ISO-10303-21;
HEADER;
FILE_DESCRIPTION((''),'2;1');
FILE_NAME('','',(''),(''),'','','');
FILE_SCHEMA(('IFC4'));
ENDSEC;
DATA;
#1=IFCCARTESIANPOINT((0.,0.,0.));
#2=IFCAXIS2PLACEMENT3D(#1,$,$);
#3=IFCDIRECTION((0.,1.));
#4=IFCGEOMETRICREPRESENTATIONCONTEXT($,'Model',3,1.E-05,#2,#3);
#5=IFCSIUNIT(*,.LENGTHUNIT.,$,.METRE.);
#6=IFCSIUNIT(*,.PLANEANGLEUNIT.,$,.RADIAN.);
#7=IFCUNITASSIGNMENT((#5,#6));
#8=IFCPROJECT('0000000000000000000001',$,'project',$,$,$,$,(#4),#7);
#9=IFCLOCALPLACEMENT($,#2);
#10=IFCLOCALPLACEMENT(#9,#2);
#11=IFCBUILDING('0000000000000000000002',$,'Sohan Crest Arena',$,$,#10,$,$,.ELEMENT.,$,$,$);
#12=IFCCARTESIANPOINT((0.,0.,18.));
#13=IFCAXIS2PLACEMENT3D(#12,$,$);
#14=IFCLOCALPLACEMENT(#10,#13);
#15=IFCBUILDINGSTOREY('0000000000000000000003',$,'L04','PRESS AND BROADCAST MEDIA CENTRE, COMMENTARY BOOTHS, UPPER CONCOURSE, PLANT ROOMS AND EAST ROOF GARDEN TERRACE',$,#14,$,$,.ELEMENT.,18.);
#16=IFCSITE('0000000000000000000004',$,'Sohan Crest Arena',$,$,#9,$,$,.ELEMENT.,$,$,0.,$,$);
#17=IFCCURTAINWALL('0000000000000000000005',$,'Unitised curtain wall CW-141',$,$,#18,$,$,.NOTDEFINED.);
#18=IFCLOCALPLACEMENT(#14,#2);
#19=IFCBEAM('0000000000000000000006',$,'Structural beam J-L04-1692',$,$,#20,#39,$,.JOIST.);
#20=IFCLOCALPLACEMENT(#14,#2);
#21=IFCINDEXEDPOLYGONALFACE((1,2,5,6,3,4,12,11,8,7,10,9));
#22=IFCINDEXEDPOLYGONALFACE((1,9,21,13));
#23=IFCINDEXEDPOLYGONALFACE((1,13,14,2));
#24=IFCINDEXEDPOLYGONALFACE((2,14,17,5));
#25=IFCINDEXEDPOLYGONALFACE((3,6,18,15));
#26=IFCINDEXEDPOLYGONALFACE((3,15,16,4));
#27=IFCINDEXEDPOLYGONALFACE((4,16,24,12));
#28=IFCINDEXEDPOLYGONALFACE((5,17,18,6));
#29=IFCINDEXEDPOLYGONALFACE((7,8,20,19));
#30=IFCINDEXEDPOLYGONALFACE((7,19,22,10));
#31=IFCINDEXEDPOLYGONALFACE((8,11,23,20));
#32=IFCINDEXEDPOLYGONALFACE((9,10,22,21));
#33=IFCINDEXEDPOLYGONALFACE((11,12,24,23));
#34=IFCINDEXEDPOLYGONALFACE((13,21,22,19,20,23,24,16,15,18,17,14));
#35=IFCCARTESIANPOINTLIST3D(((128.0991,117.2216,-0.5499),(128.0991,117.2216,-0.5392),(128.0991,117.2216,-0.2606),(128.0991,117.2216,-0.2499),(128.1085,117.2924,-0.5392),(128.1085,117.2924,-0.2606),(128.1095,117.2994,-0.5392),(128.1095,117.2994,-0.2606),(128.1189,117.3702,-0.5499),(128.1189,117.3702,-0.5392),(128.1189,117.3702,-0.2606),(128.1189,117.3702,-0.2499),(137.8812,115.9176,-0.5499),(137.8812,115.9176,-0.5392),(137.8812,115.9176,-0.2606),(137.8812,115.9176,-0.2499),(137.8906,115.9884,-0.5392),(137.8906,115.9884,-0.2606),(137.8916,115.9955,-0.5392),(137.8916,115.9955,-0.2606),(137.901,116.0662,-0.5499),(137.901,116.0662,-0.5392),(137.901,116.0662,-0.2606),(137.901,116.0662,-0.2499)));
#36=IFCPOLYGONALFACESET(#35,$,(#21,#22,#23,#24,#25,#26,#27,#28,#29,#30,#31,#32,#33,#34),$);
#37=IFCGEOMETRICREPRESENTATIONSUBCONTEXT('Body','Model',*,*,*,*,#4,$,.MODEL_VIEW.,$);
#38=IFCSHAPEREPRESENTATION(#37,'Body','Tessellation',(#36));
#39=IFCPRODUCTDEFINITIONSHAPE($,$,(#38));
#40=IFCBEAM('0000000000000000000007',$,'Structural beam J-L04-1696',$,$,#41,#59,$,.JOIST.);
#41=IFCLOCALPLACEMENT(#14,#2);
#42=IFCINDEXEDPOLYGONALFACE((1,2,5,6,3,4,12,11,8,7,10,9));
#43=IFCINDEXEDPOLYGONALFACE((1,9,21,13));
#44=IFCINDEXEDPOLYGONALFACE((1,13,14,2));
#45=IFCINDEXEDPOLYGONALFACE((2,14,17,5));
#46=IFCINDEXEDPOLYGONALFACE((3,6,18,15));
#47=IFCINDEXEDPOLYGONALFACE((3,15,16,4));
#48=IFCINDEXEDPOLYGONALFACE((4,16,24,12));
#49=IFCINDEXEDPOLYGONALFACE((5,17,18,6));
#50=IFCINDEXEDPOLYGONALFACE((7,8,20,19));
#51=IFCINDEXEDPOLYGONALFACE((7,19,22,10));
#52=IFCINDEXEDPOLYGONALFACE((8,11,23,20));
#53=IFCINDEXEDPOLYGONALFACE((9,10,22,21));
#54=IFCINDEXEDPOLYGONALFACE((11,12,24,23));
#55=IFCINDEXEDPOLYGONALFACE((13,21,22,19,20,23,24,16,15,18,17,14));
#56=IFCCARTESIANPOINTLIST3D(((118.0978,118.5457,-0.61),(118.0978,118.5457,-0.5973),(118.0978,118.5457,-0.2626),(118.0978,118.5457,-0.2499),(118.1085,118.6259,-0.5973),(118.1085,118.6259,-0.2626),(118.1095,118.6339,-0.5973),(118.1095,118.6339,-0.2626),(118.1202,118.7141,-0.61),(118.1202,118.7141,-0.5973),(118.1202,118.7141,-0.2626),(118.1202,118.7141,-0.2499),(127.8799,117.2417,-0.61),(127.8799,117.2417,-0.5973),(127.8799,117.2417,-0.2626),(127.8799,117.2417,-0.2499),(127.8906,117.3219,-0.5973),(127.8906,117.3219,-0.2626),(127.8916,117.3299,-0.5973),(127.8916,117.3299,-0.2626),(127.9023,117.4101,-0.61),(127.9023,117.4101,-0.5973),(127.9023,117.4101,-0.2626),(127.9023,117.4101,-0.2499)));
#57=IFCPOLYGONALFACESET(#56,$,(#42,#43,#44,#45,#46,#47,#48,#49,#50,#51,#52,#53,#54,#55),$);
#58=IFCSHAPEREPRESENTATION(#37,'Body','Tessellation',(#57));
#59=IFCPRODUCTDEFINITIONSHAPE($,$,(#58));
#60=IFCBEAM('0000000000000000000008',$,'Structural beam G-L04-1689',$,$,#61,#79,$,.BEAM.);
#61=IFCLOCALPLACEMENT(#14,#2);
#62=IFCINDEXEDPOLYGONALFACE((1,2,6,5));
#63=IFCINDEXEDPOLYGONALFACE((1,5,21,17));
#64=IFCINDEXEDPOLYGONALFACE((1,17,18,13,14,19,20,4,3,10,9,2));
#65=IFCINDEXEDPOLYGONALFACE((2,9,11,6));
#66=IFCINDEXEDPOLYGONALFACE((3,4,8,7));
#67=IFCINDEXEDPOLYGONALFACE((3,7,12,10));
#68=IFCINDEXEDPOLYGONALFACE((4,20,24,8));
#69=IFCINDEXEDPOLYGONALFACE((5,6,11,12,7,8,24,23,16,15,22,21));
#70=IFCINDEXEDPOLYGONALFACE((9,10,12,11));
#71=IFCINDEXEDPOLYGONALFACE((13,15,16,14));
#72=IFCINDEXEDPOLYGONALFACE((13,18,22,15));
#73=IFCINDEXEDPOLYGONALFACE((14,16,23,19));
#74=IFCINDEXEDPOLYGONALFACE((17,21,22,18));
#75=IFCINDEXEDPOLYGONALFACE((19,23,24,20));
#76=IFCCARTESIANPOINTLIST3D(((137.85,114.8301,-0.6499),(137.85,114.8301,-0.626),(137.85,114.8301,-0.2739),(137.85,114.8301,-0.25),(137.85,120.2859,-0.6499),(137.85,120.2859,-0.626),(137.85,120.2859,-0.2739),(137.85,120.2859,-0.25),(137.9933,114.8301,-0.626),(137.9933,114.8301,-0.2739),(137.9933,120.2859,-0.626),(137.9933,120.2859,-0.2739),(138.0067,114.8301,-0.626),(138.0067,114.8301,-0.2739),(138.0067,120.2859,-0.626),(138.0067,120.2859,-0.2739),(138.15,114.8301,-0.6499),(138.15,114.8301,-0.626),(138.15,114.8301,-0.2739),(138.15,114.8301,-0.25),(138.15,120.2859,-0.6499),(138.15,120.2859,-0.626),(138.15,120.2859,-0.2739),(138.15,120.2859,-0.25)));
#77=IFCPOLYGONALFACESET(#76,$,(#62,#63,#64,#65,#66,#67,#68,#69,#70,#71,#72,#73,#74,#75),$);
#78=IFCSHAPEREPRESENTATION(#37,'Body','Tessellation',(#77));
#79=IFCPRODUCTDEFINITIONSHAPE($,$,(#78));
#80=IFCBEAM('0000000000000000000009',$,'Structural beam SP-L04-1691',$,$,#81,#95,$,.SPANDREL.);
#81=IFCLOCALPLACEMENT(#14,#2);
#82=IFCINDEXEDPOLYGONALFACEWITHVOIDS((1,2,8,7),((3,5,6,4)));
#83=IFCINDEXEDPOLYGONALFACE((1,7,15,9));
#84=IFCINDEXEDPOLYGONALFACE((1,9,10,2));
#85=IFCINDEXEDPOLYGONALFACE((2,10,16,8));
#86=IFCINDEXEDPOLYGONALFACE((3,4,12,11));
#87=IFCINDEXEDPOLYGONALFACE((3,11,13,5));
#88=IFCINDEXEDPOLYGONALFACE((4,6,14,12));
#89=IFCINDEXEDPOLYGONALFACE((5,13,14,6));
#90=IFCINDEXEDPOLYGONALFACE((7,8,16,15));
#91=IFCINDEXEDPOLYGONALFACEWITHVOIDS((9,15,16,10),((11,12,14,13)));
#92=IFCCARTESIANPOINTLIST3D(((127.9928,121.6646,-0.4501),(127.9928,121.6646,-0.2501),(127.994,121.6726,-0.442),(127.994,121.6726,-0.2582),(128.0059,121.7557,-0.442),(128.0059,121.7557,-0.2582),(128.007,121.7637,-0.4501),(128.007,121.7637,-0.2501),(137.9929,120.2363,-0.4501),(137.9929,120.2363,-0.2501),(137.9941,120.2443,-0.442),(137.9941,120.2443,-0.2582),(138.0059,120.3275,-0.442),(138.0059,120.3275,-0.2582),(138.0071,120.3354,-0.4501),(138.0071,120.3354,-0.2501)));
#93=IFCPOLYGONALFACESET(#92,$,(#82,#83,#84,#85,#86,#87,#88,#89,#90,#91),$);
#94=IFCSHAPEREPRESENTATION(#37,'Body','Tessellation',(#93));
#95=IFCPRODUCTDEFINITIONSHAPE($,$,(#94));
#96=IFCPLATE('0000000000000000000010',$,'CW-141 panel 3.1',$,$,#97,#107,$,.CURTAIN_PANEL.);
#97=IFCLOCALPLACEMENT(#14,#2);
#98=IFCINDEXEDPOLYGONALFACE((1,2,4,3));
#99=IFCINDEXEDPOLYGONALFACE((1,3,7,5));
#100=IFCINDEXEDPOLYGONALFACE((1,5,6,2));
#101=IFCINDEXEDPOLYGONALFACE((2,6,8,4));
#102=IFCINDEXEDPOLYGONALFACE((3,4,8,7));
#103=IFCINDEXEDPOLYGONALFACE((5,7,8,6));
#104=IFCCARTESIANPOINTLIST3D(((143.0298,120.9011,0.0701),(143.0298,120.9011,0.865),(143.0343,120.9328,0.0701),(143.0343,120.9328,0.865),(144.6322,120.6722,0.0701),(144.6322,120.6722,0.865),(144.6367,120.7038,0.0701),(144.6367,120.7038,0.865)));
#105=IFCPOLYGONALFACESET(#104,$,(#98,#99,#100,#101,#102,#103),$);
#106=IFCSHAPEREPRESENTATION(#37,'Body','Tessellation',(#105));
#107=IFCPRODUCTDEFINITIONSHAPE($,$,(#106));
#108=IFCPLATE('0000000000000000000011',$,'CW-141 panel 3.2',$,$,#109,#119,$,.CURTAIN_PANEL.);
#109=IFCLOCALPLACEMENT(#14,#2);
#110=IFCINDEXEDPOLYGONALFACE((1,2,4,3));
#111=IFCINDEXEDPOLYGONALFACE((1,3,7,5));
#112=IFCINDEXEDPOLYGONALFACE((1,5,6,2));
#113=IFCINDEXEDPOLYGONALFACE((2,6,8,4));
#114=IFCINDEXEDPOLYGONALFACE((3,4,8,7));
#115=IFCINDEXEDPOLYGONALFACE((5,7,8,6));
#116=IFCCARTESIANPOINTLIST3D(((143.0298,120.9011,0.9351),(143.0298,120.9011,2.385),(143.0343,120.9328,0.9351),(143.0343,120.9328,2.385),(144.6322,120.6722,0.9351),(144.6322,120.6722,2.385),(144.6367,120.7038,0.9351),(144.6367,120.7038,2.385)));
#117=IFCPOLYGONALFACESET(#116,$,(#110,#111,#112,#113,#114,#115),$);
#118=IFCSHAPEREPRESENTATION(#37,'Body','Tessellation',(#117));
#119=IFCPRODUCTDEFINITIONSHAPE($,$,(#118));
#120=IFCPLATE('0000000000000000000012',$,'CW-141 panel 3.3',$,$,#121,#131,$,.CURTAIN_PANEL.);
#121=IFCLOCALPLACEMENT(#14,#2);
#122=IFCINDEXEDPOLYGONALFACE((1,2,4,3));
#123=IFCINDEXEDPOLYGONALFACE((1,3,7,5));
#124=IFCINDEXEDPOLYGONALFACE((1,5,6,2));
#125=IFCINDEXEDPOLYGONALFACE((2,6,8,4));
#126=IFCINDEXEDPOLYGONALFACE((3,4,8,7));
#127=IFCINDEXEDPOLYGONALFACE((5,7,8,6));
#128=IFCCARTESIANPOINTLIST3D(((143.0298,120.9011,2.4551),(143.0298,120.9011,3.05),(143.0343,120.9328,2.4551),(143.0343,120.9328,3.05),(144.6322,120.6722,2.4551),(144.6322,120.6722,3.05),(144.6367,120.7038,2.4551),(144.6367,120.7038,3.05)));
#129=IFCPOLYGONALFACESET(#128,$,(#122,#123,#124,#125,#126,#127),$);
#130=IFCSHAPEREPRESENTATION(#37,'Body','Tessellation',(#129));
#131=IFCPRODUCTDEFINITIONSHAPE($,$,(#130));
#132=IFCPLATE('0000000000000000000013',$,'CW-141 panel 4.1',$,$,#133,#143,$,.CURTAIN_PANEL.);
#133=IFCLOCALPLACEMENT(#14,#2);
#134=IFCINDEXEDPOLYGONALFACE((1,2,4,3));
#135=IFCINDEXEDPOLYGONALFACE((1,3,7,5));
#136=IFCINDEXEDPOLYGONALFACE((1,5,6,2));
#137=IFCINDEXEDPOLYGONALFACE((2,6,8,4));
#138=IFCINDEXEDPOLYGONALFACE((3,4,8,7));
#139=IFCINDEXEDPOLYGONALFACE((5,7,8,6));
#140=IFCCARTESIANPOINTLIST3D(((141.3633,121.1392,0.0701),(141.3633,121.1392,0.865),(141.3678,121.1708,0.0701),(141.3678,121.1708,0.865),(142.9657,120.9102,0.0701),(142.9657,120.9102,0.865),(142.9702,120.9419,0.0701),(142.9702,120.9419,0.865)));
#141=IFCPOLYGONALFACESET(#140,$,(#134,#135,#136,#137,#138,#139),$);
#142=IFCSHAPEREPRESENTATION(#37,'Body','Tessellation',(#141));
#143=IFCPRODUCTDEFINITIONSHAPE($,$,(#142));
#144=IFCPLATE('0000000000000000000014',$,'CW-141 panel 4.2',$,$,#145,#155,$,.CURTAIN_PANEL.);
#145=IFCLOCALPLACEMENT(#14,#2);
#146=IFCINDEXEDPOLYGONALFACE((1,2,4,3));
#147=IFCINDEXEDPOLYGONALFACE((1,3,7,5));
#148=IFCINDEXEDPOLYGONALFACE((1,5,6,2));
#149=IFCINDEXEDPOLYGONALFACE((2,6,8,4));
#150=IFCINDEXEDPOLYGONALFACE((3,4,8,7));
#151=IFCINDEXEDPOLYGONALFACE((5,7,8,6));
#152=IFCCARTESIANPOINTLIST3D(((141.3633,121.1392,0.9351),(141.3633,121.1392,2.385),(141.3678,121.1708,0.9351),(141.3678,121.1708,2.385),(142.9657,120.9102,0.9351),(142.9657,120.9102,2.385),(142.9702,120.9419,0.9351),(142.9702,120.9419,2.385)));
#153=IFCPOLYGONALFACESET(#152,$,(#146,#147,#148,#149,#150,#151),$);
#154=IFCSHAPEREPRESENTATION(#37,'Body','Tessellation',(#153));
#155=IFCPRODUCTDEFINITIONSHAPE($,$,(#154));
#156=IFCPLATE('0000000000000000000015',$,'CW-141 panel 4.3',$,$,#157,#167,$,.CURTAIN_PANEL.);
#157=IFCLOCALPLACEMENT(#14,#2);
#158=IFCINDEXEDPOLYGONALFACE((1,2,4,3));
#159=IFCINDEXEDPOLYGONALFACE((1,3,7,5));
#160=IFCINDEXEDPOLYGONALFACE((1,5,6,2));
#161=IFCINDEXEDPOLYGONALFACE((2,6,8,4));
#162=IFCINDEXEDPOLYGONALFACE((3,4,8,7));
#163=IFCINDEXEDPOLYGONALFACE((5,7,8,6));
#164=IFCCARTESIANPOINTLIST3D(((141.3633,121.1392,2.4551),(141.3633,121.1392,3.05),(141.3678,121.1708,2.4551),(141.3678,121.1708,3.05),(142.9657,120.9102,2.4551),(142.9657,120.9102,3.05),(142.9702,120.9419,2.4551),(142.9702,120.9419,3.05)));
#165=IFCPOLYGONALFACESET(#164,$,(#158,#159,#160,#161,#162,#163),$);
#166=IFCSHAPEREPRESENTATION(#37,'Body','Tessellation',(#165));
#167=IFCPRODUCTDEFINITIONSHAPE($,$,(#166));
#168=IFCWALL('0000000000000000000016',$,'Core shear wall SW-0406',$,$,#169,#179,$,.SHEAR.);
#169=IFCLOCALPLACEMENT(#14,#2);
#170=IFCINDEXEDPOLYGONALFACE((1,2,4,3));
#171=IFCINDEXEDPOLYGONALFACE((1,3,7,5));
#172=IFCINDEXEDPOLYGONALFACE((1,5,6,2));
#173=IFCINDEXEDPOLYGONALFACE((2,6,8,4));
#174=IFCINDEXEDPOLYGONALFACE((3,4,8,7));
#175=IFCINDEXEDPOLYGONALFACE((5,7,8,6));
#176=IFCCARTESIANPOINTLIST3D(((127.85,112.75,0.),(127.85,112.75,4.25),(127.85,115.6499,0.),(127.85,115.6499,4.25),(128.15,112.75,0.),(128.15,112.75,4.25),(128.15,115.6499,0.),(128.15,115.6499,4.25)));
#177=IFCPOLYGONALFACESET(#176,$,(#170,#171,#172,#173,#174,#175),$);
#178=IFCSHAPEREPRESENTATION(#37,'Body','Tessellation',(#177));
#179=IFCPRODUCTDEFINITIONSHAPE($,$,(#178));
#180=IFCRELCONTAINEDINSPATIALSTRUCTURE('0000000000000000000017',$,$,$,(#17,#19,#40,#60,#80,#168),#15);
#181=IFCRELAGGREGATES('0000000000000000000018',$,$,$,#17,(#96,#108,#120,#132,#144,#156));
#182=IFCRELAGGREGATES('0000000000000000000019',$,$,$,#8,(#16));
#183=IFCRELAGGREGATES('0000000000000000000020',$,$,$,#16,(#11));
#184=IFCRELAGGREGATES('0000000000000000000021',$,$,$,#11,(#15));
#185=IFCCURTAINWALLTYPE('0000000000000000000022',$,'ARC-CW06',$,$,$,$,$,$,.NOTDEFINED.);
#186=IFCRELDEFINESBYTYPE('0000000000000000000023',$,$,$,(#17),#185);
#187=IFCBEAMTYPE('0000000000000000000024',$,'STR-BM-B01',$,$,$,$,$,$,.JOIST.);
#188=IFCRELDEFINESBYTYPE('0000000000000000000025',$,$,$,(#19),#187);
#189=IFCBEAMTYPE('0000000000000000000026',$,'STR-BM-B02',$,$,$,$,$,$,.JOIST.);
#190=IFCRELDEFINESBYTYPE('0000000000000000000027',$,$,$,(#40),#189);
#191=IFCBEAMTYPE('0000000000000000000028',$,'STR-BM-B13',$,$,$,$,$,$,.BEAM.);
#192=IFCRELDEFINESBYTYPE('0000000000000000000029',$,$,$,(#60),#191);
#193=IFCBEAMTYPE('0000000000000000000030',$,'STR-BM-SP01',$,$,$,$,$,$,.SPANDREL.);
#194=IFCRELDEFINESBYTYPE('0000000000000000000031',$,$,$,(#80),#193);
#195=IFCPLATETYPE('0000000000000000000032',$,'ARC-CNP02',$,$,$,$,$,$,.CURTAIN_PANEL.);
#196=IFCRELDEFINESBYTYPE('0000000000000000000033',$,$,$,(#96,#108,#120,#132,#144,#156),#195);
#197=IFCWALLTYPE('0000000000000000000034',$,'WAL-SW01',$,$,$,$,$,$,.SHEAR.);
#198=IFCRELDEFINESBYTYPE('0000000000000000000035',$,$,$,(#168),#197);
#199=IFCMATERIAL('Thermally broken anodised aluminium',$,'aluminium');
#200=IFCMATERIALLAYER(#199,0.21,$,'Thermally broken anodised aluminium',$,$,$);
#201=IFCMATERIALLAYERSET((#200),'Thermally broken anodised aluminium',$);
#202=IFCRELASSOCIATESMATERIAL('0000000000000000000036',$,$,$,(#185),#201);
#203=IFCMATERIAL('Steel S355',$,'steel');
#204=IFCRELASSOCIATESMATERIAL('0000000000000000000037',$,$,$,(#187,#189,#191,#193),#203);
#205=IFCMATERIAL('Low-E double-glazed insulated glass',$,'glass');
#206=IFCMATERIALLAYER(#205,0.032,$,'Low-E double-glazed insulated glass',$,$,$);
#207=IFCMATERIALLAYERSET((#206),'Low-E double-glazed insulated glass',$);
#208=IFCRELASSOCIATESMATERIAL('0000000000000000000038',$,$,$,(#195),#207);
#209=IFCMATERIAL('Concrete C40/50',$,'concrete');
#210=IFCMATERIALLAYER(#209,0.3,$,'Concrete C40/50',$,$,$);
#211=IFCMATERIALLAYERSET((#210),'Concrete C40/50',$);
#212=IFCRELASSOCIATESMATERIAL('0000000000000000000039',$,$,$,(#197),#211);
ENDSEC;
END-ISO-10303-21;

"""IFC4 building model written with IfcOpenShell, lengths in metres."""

from ifc_helpers import new_model, si_unit, direction, frame, frame_2d, origin, origin_2d, place, context, subcontext, project, spatial, rectangle, hollow_rectangle, i_section, extrude, material, layer, layer_set, material_profile, profile_set, type_object, element, aggregate, save


model = new_model("IFC4")

# Units and contexts
model_context = context("Model", 3, precision=1e-05, world=origin(), true_north=direction((0.0, 1.0)))
body_context = subcontext(model_context, "Body", "Model", "MODEL_VIEW")
ifc_project = project(units=[si_unit("LENGTHUNIT", "METRE"), si_unit("PLANEANGLEUNIT", "RADIAN")], contexts=[model_context])

# Site, building, storey
site_placement = place(None, origin())
site = spatial("IfcSite", under=ifc_project, at=site_placement, Name="Sohan Crest Arena", CompositionType="ELEMENT", RefElevation=0.0)
building_placement = place(site_placement, origin())
building = spatial("IfcBuilding", under=site, at=building_placement, Name="Sohan Crest Arena", CompositionType="ELEMENT")
storey_placement = place(building_placement, frame((0.0, 0.0, 18.0)))
storey = spatial("IfcBuildingStorey", under=building, at=storey_placement, Name="L04", Description="PRESS AND BROADCAST MEDIA CENTRE, COMMENTARY BOOTHS, UPPER CONCOURSE, PLANT ROOMS AND EAST ROOF GARDEN TERRACE", CompositionType="ELEMENT", Elevation=18.0)

# Shared definitions
ifc_material_1 = material(Name="Steel S355", Category="steel")

# Curtain wall
ifc_material_2 = material(Name="Thermally broken anodised aluminium", Category="aluminium")
ifc_layer_1 = layer(ifc_material_2, 0.21, Name="Thermally broken anodised aluminium")
ifc_layer_set_1 = layer_set([ifc_layer_1], Name="Thermally broken anodised aluminium")
curtain_wall_type = type_object("IfcCurtainWallType", Name="ARC-CW06", PredefinedType="NOTDEFINED", material=ifc_layer_set_1)
curtain_wall_placement = place(storey_placement, origin())
curtain_wall = element("IfcCurtainWall", 1, at=curtain_wall_placement, inside=storey, type_object=curtain_wall_type, Name="Unitised curtain wall CW-141", PredefinedType="NOTDEFINED")

# Beams
ifc_material_profile_1 = material_profile(ifc_material_1, i_section(OverallWidth=0.1499, OverallDepth=0.3, WebThickness=0.0071, FlangeThickness=0.0107, at=origin_2d()), Name="IPE 300")
ifc_profile_set_1 = profile_set([ifc_material_profile_1], Name="Steel S355")
beam_type_1 = type_object("IfcBeamType", Name="STR-BM-B01", PredefinedType="JOIST", material=ifc_profile_set_1)
beam_1_placement = place(storey_placement, frame((137.8911, 115.9919, -0.3999), z_axis=(-0.991232, 0.13213, 0.0), x_axis=(-0.13213, -0.991232, 0.0)))
element("IfcBeam", 2, at=beam_1_placement, inside=storey, type_object=beam_type_1, Name="Structural beam J-L04-1692", PredefinedType="JOIST", context=body_context, shape_type="SweptSolid", body=[
    extrude(i_section(OverallWidth=0.1499, OverallDepth=0.3, WebThickness=0.0071, FlangeThickness=0.0107, at=origin_2d()), origin(), (0.0, 0.0, 1.0), 9.8687),
])
ifc_material_profile_2 = material_profile(ifc_material_1, i_section(OverallWidth=0.1699, OverallDepth=0.3601, WebThickness=0.0081, FlangeThickness=0.0127, at=origin_2d()), Name="IPE 360")
ifc_profile_set_2 = profile_set([ifc_material_profile_2], Name="Steel S355")
beam_type_2 = type_object("IfcBeamType", Name="STR-BM-B02", PredefinedType="JOIST", material=ifc_profile_set_2)
beam_2_placement = place(storey_placement, frame((127.8911, 117.3259, -0.4299), z_axis=(-0.991232, 0.13213, 0.0), x_axis=(-0.13213, -0.991232, 0.0)))
element("IfcBeam", 3, at=beam_2_placement, inside=storey, type_object=beam_type_2, Name="Structural beam J-L04-1696", PredefinedType="JOIST", context=body_context, shape_type="SweptSolid", body=[
    extrude(i_section(OverallWidth=0.1699, OverallDepth=0.3601, WebThickness=0.0081, FlangeThickness=0.0127, at=origin_2d()), origin(), (0.0, 0.0, 1.0), 9.8687),
])
ifc_material_profile_3 = material_profile(ifc_material_1, i_section(OverallWidth=0.3, OverallDepth=0.3999, WebThickness=0.0134, FlangeThickness=0.0239, at=origin_2d()), Name="HEB 400")
ifc_profile_set_3 = profile_set([ifc_material_profile_3], Name="Steel S355")
beam_type_3 = type_object("IfcBeamType", Name="STR-BM-B13", PredefinedType="BEAM", material=ifc_profile_set_3)
beam_3_placement = place(storey_placement, frame((138.0, 114.8301, -0.45), z_axis=(0.0, 1.0, 0.0), x_axis=(-1.0, 0.0, 0.0)))
element("IfcBeam", 4, at=beam_3_placement, inside=storey, type_object=beam_type_3, Name="Structural beam G-L04-1689", PredefinedType="BEAM", context=body_context, shape_type="SweptSolid", body=[
    extrude(i_section(OverallWidth=0.3, OverallDepth=0.3999, WebThickness=0.0134, FlangeThickness=0.0239, at=origin_2d()), origin(), (0.0, 0.0, 1.0), 5.4558),
])
ifc_material_profile_4 = material_profile(ifc_material_1, hollow_rectangle(XDim=0.1001, YDim=0.2, WallThickness=0.0081, at=origin_2d()), Name="RHS 200x100x8")
ifc_profile_set_4 = profile_set([ifc_material_profile_4], Name="Steel S355")
beam_type_4 = type_object("IfcBeamType", Name="STR-BM-SP01", PredefinedType="SPANDREL", material=ifc_profile_set_4)
beam_4_placement = place(storey_placement, frame((138.0, 120.2859, -0.3501), z_axis=(-0.989954, 0.141388, 0.0), x_axis=(-0.141388, -0.989954, 0.0)))
element("IfcBeam", 5, at=beam_4_placement, inside=storey, type_object=beam_type_4, Name="Structural beam SP-L04-1691", PredefinedType="SPANDREL", context=body_context, shape_type="SweptSolid", body=[
    extrude(hollow_rectangle(XDim=0.1001, YDim=0.2, WallThickness=0.0081, at=origin_2d()), origin(), (0.0, 0.0, 1.0), 10.1016),
])

# Plates
ifc_material_3 = material(Name="Low-E double-glazed insulated glass", Category="glass")
ifc_layer_2 = layer(ifc_material_3, 0.032, Name="Low-E double-glazed insulated glass")
ifc_layer_set_2 = layer_set([ifc_layer_2], Name="Low-E double-glazed insulated glass")
plate_type = type_object("IfcPlateType", Name="ARC-CNP02", PredefinedType="CURTAIN_PANEL", material=ifc_layer_set_2)
plate_1_placement = place(storey_placement, frame((143.8333, 120.8025, 0.0701), z_axis=(0.0, 0.0, 1.0), x_axis=(-0.989944, 0.141463, 0.0)))
plate_1 = element("IfcPlate", 6, at=plate_1_placement, type_object=plate_type, Name="CW-141 panel 3.1", PredefinedType="CURTAIN_PANEL", context=body_context, shape_type="SweptSolid", body=[
    extrude(rectangle(XDim=1.6187, YDim=0.032, at=origin_2d()), origin(), (0.0, 0.0, 1.0), 0.7949),
])
plate_2_placement = place(storey_placement, frame((143.8333, 120.8025, 0.9351), z_axis=(0.0, 0.0, 1.0), x_axis=(-0.989944, 0.141463, 0.0)))
plate_2 = element("IfcPlate", 7, at=plate_2_placement, type_object=plate_type, Name="CW-141 panel 3.2", PredefinedType="CURTAIN_PANEL", context=body_context, shape_type="SweptSolid", body=[
    extrude(rectangle(XDim=1.6187, YDim=0.032, at=origin_2d()), origin(), (0.0, 0.0, 1.0), 1.45),
])
plate_3_placement = place(storey_placement, frame((143.8333, 120.8025, 2.4551), z_axis=(0.0, 0.0, 1.0), x_axis=(-0.989944, 0.141463, 0.0)))
plate_3 = element("IfcPlate", 8, at=plate_3_placement, type_object=plate_type, Name="CW-141 panel 3.3", PredefinedType="CURTAIN_PANEL", context=body_context, shape_type="SweptSolid", body=[
    extrude(rectangle(XDim=1.6187, YDim=0.032, at=origin_2d()), origin(), (0.0, 0.0, 1.0), 0.595),
])
plate_4_placement = place(storey_placement, frame((142.1667, 121.0405, 0.0701), z_axis=(0.0, 0.0, 1.0), x_axis=(-0.989944, 0.141463, 0.0)))
plate_4 = element("IfcPlate", 9, at=plate_4_placement, type_object=plate_type, Name="CW-141 panel 4.1", PredefinedType="CURTAIN_PANEL", context=body_context, shape_type="SweptSolid", body=[
    extrude(rectangle(XDim=1.6187, YDim=0.032, at=origin_2d()), origin(), (0.0, 0.0, 1.0), 0.7949),
])
plate_5_placement = place(storey_placement, frame((142.1667, 121.0405, 0.9351), z_axis=(0.0, 0.0, 1.0), x_axis=(-0.989944, 0.141463, 0.0)))
plate_5 = element("IfcPlate", 10, at=plate_5_placement, type_object=plate_type, Name="CW-141 panel 4.2", PredefinedType="CURTAIN_PANEL", context=body_context, shape_type="SweptSolid", body=[
    extrude(rectangle(XDim=1.6187, YDim=0.032, at=origin_2d()), origin(), (0.0, 0.0, 1.0), 1.45),
])
plate_6_placement = place(storey_placement, frame((142.1667, 121.0405, 2.4551), z_axis=(0.0, 0.0, 1.0), x_axis=(-0.989944, 0.141463, 0.0)))
plate_6 = element("IfcPlate", 11, at=plate_6_placement, type_object=plate_type, Name="CW-141 panel 4.3", PredefinedType="CURTAIN_PANEL", context=body_context, shape_type="SweptSolid", body=[
    extrude(rectangle(XDim=1.6187, YDim=0.032, at=origin_2d()), origin(), (0.0, 0.0, 1.0), 0.595),
])
aggregate(curtain_wall, [plate_1, plate_2, plate_3, plate_4, plate_5, plate_6])

# Wall
ifc_material_4 = material(Name="Concrete C40/50", Category="concrete")
ifc_layer_3 = layer(ifc_material_4, 0.3, Name="Concrete C40/50")
ifc_layer_set_3 = layer_set([ifc_layer_3], Name="Concrete C40/50")
wall_type_1 = type_object("IfcWallType", Name="WAL-SW01", PredefinedType="SHEAR", material=ifc_layer_set_3)
for number, where, z_axis, x_axis, name in (
    (12, (128.0, 112.75, 0.0), (0.0, 0.0, 1.0), (0.0, 1.0, 0.0), "Core shear wall SW-0406"),
):
    element("IfcWall", number, at=place(storey_placement, frame(where, z_axis=z_axis, x_axis=x_axis)), inside=storey, type_object=wall_type_1, Name=name, PredefinedType="SHEAR", context=body_context, shape_type="SweptSolid", body=[
        extrude(rectangle(XDim=2.8999, YDim=0.3, at=frame_2d((1.45, 0.0))), origin(), (0.0, 0.0, 1.0), 4.25),
    ])

save(model, "model.ifc")
